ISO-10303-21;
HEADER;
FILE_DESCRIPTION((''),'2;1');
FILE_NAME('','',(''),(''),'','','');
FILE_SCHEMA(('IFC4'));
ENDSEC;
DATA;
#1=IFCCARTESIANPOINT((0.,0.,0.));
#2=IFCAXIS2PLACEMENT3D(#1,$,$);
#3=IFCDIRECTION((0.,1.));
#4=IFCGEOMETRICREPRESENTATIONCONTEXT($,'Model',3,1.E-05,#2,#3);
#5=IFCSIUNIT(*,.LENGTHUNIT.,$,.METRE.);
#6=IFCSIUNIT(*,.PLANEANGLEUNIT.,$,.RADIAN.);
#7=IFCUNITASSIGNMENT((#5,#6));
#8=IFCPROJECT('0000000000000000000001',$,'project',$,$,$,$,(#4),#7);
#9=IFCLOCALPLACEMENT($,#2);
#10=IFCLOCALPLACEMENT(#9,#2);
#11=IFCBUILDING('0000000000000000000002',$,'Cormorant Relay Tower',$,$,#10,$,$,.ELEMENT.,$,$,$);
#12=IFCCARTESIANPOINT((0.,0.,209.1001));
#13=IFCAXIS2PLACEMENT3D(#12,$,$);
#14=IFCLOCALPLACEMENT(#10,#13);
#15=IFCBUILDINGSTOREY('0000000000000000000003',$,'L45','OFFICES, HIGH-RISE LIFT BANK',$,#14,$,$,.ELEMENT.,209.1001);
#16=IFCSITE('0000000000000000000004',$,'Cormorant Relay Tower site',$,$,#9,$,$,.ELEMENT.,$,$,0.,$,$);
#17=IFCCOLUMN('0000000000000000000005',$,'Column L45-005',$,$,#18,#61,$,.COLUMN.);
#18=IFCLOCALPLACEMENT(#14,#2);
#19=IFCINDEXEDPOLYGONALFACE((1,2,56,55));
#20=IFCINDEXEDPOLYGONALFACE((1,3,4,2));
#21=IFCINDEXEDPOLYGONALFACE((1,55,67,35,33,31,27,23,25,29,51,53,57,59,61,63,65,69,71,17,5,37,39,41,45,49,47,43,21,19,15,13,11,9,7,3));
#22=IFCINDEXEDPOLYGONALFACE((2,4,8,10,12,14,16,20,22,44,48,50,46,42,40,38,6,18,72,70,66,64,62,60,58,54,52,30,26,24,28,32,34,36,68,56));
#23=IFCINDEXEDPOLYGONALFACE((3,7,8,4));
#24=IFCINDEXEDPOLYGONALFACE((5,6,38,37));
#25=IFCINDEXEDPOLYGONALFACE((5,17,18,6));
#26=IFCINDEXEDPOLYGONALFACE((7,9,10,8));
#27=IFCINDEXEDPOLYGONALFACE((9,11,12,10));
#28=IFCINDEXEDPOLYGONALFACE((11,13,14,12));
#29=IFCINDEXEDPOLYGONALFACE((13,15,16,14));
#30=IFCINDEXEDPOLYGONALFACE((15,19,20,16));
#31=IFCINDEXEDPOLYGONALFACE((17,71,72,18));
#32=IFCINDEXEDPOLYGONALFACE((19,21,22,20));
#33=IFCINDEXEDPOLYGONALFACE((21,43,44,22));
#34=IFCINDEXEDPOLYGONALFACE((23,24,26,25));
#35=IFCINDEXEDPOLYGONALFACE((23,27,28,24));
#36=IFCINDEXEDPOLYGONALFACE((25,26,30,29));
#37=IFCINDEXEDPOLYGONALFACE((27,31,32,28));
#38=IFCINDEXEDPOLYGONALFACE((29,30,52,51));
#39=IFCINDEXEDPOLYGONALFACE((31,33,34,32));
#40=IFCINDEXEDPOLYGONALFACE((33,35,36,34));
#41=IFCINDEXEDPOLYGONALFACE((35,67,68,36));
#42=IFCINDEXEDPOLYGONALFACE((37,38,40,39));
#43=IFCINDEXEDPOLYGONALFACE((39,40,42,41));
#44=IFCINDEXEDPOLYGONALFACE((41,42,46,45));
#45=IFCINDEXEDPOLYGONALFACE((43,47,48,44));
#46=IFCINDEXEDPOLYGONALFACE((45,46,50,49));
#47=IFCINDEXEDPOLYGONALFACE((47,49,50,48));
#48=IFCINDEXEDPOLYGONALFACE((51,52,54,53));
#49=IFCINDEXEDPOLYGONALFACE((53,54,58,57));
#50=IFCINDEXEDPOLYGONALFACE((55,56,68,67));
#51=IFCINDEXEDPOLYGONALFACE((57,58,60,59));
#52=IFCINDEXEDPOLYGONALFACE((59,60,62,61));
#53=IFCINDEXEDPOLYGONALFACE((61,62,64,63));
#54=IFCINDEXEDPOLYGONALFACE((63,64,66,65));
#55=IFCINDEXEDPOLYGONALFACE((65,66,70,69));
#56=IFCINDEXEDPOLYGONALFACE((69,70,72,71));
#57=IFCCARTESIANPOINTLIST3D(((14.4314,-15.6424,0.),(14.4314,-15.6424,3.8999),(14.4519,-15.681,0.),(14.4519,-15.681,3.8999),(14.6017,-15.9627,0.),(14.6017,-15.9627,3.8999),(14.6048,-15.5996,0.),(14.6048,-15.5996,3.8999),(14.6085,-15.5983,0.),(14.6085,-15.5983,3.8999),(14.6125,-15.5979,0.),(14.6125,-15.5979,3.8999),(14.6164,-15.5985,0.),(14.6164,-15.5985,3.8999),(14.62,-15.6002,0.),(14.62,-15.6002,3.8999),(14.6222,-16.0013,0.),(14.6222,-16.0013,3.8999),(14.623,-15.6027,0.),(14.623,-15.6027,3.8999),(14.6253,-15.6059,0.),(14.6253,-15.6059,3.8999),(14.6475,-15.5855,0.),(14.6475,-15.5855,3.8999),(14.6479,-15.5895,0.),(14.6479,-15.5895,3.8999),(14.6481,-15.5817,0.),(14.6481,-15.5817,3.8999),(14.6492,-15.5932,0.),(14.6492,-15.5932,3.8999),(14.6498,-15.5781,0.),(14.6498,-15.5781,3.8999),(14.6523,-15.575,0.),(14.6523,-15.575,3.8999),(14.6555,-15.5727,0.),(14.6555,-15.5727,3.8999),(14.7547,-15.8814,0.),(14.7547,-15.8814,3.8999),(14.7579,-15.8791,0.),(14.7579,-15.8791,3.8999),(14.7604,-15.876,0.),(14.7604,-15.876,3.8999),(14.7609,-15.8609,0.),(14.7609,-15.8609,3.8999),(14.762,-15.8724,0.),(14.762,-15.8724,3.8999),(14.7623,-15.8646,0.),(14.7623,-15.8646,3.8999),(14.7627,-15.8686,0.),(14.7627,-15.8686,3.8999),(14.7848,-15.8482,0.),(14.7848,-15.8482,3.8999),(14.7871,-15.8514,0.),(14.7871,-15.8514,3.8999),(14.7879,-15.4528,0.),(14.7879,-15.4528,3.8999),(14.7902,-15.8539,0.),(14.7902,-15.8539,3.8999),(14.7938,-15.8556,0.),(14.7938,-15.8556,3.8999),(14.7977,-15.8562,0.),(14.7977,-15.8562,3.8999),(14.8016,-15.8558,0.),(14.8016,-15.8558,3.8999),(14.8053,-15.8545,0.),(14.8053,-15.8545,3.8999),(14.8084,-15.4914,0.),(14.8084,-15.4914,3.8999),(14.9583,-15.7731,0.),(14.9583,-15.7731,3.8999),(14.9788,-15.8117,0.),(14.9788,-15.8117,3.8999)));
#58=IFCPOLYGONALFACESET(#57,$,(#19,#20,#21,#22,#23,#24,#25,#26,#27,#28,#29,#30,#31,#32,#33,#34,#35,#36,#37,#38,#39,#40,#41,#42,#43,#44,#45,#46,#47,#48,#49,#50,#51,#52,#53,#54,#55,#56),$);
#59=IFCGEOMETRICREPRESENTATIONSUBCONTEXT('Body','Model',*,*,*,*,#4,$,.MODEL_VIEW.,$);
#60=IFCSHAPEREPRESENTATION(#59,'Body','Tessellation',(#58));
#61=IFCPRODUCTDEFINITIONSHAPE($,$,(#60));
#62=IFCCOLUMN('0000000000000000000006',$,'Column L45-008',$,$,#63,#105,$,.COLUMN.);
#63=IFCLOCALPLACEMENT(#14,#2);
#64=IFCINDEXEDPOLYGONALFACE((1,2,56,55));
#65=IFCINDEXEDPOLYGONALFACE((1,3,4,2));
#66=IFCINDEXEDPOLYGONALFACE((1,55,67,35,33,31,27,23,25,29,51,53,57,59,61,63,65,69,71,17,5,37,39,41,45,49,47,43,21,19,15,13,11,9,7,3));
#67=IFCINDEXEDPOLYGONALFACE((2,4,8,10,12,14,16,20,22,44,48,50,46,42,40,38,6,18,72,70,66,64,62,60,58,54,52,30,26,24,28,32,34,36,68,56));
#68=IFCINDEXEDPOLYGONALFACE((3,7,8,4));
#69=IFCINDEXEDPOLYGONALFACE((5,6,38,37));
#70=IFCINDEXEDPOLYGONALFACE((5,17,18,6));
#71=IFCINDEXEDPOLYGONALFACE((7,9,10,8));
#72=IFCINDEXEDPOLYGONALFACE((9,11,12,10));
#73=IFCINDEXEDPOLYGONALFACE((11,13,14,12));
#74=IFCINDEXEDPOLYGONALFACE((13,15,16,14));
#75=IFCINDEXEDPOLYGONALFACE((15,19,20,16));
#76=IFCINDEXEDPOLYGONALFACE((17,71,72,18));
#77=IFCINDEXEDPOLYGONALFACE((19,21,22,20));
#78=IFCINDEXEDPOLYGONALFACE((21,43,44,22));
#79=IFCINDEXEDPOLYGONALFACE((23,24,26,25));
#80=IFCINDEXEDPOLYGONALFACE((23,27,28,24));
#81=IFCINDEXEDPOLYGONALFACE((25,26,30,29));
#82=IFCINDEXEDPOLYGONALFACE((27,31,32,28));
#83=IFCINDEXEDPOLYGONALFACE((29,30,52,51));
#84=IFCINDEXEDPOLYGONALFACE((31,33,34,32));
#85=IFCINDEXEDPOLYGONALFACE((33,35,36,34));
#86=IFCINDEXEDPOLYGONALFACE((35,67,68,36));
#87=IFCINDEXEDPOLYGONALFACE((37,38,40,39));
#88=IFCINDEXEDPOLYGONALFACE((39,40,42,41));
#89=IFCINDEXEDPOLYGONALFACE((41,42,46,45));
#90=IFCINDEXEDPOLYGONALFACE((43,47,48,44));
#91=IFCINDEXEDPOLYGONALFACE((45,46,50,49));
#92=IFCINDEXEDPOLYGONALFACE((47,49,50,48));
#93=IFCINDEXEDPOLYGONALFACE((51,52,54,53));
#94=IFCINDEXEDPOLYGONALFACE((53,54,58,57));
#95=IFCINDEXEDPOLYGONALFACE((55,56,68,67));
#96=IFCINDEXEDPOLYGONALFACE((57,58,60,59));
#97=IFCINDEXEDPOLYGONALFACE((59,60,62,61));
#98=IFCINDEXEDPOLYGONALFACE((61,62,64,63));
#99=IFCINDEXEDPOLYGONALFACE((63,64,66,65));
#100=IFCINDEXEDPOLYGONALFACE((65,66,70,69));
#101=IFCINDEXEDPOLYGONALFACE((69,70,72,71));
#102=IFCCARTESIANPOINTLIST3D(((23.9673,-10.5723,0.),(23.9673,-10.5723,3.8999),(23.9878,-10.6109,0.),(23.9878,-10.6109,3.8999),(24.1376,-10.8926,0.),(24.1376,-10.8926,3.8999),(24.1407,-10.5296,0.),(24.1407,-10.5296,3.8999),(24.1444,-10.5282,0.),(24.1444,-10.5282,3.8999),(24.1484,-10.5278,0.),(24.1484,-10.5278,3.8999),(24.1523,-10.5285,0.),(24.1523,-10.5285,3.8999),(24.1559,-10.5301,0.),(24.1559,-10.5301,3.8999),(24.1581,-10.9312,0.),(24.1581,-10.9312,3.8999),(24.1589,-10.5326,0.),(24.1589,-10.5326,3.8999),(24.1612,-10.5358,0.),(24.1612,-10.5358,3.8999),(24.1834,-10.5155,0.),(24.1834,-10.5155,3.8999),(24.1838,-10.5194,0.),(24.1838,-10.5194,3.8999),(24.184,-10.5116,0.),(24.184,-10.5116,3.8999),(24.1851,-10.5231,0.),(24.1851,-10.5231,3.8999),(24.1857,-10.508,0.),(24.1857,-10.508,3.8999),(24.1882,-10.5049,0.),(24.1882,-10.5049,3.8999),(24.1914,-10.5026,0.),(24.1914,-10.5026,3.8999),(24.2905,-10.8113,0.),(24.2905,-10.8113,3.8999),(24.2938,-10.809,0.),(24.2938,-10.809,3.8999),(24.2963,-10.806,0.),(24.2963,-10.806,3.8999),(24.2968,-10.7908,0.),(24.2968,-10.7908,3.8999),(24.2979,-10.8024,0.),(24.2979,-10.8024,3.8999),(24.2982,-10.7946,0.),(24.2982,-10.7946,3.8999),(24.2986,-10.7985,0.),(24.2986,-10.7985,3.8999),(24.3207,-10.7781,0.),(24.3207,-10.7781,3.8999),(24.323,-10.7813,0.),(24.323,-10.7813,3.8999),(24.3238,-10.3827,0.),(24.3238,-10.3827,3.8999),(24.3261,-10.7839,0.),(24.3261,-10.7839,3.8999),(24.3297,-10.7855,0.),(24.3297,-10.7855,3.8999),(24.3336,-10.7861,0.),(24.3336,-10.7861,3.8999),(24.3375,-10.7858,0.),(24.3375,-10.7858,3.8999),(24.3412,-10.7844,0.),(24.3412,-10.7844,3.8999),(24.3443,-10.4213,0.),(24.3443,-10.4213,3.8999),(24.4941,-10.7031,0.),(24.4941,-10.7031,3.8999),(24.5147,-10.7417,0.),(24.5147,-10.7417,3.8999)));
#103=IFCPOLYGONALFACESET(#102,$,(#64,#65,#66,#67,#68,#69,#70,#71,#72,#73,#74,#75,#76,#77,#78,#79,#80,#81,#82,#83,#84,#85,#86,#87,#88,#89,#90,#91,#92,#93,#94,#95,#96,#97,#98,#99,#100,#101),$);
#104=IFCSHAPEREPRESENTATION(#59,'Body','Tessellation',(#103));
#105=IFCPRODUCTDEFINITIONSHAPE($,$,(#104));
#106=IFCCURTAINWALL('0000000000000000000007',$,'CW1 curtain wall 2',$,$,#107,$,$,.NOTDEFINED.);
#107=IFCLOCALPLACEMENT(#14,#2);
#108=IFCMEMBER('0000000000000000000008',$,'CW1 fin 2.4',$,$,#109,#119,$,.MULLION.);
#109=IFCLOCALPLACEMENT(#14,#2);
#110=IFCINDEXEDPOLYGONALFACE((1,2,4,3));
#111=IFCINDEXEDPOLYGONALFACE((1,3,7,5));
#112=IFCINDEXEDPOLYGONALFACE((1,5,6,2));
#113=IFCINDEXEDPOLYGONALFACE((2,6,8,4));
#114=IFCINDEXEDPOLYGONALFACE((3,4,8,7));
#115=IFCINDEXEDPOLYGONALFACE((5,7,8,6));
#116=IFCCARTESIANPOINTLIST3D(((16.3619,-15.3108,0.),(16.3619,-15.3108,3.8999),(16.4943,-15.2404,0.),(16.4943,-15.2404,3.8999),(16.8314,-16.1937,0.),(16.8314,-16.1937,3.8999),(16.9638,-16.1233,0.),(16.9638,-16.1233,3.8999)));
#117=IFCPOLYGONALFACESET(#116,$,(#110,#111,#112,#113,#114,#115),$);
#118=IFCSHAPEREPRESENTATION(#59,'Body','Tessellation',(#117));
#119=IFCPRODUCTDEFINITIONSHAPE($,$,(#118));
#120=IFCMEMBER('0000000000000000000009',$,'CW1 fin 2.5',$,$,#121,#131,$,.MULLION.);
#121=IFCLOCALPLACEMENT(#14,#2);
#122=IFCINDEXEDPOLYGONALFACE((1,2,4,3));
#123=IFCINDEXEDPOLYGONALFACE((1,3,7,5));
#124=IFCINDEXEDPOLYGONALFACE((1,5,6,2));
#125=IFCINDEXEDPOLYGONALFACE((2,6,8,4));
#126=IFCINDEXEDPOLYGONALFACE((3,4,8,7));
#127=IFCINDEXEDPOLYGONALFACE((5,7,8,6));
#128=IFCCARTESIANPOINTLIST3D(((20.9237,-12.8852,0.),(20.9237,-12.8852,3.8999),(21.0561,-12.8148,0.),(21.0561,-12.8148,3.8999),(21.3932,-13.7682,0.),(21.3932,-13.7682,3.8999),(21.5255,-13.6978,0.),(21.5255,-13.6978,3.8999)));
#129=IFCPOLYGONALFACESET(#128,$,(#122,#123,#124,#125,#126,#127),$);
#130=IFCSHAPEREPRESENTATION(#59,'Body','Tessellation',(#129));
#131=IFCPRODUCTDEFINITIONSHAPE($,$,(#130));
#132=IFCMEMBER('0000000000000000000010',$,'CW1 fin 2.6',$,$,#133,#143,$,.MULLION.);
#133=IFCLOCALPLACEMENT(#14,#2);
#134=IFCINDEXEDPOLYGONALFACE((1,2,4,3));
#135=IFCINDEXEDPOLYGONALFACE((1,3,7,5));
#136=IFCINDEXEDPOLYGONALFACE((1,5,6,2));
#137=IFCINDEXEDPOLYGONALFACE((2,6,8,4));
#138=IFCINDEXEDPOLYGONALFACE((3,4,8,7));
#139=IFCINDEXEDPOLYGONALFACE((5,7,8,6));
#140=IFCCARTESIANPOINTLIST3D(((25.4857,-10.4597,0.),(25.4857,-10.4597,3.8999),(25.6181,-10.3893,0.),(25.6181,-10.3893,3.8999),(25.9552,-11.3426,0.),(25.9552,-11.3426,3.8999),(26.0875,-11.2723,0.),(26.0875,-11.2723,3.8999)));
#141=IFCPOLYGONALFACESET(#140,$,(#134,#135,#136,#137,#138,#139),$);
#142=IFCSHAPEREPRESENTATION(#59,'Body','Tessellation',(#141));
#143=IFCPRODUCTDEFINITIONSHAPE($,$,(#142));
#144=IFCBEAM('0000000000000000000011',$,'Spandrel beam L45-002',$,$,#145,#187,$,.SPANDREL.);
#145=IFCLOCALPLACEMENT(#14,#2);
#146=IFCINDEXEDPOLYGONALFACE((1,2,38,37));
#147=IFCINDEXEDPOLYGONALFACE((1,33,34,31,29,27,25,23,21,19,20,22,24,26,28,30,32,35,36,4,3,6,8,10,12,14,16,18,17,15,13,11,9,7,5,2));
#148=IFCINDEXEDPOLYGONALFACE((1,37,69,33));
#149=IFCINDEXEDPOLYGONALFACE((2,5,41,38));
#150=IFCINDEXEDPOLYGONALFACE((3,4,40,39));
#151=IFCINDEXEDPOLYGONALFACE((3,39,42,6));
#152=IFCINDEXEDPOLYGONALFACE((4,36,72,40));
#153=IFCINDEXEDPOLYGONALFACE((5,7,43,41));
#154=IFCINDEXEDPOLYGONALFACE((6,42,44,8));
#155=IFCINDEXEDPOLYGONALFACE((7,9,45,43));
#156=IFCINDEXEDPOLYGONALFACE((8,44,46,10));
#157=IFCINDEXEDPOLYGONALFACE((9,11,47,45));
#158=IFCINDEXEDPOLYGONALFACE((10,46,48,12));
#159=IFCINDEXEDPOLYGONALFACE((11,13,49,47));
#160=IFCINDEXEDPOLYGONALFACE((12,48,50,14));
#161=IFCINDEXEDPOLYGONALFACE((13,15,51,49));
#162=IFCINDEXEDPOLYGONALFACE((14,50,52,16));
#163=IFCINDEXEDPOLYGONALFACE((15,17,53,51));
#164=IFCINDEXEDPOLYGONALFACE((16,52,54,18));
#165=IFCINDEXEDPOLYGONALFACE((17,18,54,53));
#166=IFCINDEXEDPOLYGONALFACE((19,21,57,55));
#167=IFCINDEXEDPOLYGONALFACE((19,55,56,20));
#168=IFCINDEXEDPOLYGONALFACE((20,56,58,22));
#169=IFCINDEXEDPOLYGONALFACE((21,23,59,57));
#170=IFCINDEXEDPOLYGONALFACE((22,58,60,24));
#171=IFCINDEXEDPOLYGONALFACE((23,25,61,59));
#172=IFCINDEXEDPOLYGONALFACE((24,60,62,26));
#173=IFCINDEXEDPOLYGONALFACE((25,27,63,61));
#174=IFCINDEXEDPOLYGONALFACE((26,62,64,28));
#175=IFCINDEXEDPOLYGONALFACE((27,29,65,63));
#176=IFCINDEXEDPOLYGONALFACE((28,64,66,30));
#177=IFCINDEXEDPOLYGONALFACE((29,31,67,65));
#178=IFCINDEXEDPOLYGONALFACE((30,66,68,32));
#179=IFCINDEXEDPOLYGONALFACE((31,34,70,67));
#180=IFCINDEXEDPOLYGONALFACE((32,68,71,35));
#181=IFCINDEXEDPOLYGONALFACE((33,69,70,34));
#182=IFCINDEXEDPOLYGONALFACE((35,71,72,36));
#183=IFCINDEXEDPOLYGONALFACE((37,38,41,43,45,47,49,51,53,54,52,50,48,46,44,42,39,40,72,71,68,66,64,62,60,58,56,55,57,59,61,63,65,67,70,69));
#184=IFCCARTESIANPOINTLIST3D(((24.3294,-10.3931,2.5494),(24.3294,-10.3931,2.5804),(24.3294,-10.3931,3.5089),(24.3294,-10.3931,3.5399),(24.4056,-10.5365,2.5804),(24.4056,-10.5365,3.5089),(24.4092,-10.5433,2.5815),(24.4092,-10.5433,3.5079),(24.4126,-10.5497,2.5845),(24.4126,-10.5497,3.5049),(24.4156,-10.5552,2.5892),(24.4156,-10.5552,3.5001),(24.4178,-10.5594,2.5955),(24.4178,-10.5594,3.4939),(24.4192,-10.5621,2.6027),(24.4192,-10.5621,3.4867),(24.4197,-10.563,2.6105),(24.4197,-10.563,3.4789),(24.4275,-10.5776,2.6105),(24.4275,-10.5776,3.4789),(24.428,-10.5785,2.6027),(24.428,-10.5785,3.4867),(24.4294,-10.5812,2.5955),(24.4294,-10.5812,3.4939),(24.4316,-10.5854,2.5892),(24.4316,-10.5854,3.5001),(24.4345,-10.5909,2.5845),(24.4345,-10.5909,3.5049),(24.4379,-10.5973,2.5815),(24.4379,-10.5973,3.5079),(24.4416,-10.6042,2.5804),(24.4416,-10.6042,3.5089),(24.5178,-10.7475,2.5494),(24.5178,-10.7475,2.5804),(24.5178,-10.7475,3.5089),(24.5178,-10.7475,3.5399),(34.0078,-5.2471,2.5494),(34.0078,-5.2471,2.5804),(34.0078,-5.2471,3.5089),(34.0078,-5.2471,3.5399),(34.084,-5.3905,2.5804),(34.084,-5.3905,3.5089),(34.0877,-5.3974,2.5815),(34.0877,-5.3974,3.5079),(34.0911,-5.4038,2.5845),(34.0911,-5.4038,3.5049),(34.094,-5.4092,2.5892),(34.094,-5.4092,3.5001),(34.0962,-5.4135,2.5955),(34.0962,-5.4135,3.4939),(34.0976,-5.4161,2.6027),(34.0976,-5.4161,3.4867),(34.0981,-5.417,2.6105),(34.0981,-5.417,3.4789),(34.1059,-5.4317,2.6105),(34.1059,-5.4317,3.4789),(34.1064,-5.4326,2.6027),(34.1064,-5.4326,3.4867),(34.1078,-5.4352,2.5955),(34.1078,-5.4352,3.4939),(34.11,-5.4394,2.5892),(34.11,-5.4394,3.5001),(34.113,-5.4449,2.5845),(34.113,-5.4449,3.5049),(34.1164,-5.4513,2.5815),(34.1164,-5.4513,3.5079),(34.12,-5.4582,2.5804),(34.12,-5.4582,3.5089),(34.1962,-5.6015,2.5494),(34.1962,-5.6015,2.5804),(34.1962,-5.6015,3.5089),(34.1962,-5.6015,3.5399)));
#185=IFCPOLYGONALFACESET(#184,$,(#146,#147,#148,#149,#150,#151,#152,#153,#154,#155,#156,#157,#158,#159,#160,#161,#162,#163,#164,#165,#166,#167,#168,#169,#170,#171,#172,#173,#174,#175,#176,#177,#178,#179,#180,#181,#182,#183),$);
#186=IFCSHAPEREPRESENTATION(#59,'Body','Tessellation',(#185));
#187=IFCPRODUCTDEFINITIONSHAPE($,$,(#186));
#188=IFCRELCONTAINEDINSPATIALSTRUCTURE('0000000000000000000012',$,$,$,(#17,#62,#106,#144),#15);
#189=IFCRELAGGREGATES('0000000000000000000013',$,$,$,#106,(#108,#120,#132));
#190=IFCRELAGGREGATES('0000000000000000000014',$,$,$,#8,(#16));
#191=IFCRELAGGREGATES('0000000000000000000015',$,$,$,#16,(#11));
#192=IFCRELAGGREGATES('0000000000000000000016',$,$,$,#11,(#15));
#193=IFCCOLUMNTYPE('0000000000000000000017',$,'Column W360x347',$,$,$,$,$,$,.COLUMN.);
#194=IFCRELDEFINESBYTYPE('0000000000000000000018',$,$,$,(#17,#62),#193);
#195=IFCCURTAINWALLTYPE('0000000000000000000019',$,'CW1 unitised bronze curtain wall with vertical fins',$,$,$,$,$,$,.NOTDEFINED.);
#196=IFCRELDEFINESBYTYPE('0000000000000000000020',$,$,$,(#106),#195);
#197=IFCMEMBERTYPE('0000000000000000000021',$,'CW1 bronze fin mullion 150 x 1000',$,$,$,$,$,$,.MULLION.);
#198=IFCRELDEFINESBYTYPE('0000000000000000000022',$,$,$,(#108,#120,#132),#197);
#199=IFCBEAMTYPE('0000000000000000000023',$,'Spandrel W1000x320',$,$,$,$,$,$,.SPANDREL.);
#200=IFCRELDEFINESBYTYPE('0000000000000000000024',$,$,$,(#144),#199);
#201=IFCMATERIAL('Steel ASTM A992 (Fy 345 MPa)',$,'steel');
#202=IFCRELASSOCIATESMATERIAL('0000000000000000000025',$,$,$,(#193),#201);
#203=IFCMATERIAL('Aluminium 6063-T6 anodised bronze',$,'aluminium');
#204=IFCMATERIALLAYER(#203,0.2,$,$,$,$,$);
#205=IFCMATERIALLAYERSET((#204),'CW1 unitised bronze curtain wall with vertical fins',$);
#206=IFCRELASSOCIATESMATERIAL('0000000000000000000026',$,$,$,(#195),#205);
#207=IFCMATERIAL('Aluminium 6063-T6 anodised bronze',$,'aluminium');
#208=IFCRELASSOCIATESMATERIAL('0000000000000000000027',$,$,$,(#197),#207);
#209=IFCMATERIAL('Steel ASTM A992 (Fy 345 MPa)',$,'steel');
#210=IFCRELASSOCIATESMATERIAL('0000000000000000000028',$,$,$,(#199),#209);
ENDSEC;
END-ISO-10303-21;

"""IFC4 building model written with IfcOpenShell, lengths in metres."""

from ifc_helpers import new_model, si_unit, direction, frame, origin, origin_2d, place, context, subcontext, project, spatial, rectangle, i_section, extrude, material, layer, layer_set, material_profile, profile_set, type_object, element, aggregate, save


model = new_model("IFC4")

# Units and contexts
model_context = context("Model", 3, precision=1e-05, world=origin(), true_north=direction((0.0, 1.0)))
body_context = subcontext(model_context, "Body", "Model", "MODEL_VIEW")
ifc_project = project(units=[si_unit("LENGTHUNIT", "METRE"), si_unit("PLANEANGLEUNIT", "RADIAN")], contexts=[model_context])

# Site, building, storey
site_placement = place(None, origin())
site = spatial("IfcSite", under=ifc_project, at=site_placement, Name="Cormorant Relay Tower site", CompositionType="ELEMENT", RefElevation=0.0)
building_placement = place(site_placement, origin())
building = spatial("IfcBuilding", under=site, at=building_placement, Name="Cormorant Relay Tower", CompositionType="ELEMENT")
storey_placement = place(building_placement, frame((0.0, 0.0, 209.1001)))
storey = spatial("IfcBuildingStorey", under=building, at=storey_placement, Name="L45", Description="OFFICES, HIGH-RISE LIFT BANK", CompositionType="ELEMENT", Elevation=209.1001)

# Columns
ifc_material_1 = material(Name="Steel ASTM A992 (Fy 345 MPa)", Category="steel")
ifc_material_profile_1 = material_profile(ifc_material_1, i_section(OverallWidth=0.4038, OverallDepth=0.4065, WebThickness=0.0271, FlangeThickness=0.0437, FilletRadius=0.0151, at=origin_2d()), Name="W360x347")
ifc_profile_set_1 = profile_set([ifc_material_profile_1], Name="Steel ASTM A992 (Fy 345 MPa)")
column_type = type_object("IfcColumnType", Name="Column W360x347", PredefinedType="COLUMN", material=ifc_profile_set_1)
for number, where, z_axis, x_axis, name in (
    (1, (14.7051, -15.7271, 0.0), (0.0, 0.0, 1.0), (0.882948, 0.469472, 0.0), "Column L45-005"),
    (2, (24.241, -10.657, 0.0), (0.0, 0.0, 1.0), (0.882948, 0.469472, 0.0), "Column L45-008"),
):
    element("IfcColumn", number, at=place(storey_placement, frame(where, z_axis=z_axis, x_axis=x_axis)), inside=storey, type_object=column_type, Name=name, PredefinedType="COLUMN", context=body_context, shape_type="SweptSolid", body=[
        extrude(i_section(OverallWidth=0.4038, OverallDepth=0.4065, WebThickness=0.0271, FlangeThickness=0.0437, FilletRadius=0.0151, at=origin_2d()), origin(), (0.0, 0.0, 1.0), 3.8999),
    ])

# Curtain wall, members
ifc_material_2 = material(Name="Aluminium 6063-T6 anodised bronze", Category="aluminium")
ifc_layer_1 = layer(ifc_material_2, 0.2)
ifc_layer_set_1 = layer_set([ifc_layer_1], Name="CW1 unitised bronze curtain wall with vertical fins")
curtain_wall_type = type_object("IfcCurtainWallType", Name="CW1 unitised bronze curtain wall with vertical fins", PredefinedType="NOTDEFINED", material=ifc_layer_set_1)
curtain_wall_placement = place(storey_placement, origin())
curtain_wall = element("IfcCurtainWall", 3, at=curtain_wall_placement, inside=storey, type_object=curtain_wall_type, Name="CW1 curtain wall 2", PredefinedType="NOTDEFINED")
ifc_material_3 = material(Name="Aluminium 6063-T6 anodised bronze", Category="aluminium")
ifc_material_profile_2 = material_profile(ifc_material_3, rectangle(XDim=0.1499, YDim=1.0, at=origin_2d()), Name="AL 150x1000")
ifc_profile_set_2 = profile_set([ifc_material_profile_2], Name="Aluminium 6063-T6 anodised bronze")
member_type = type_object("IfcMemberType", Name="CW1 bronze fin mullion 150 x 1000", PredefinedType="MULLION", material=ifc_profile_set_2)
member_1_placement = place(storey_placement, frame((16.6628, -15.717, 0.0), z_axis=(0.0, 0.0, 1.0), x_axis=(0.882948, 0.469472, 0.0)))
member_1 = element("IfcMember", 4, at=member_1_placement, type_object=member_type, Name="CW1 fin 2.4", PredefinedType="MULLION", context=body_context, shape_type="SweptSolid", body=[
    extrude(rectangle(XDim=0.1499, YDim=1.0, at=origin_2d()), origin(), (0.0, 0.0, 1.0), 3.8999),
])
member_2_placement = place(storey_placement, frame((21.2246, -13.2915, 0.0), z_axis=(0.0, 0.0, 1.0), x_axis=(0.882948, 0.469472, 0.0)))
member_2 = element("IfcMember", 5, at=member_2_placement, type_object=member_type, Name="CW1 fin 2.5", PredefinedType="MULLION", context=body_context, shape_type="SweptSolid", body=[
    extrude(rectangle(XDim=0.1499, YDim=1.0, at=origin_2d()), origin(), (0.0, 0.0, 1.0), 3.8999),
])
member_3_placement = place(storey_placement, frame((25.7866, -10.866, 0.0), z_axis=(0.0, 0.0, 1.0), x_axis=(0.882948, 0.469472, 0.0)))
member_3 = element("IfcMember", 6, at=member_3_placement, type_object=member_type, Name="CW1 fin 2.6", PredefinedType="MULLION", context=body_context, shape_type="SweptSolid", body=[
    extrude(rectangle(XDim=0.1499, YDim=1.0, at=origin_2d()), origin(), (0.0, 0.0, 1.0), 3.8999),
])

# Beam
ifc_material_4 = material(Name="Steel ASTM A992 (Fy 345 MPa)", Category="steel")
ifc_material_profile_3 = material_profile(ifc_material_4, i_section(OverallWidth=0.4014, OverallDepth=0.9905, WebThickness=0.0166, FlangeThickness=0.031, FilletRadius=0.03, at=origin_2d()), Name="W1000x320")
ifc_profile_set_3 = profile_set([ifc_material_profile_3], Name="Steel ASTM A992 (Fy 345 MPa)")
beam_type_1 = type_object("IfcBeamType", Name="Spandrel W1000x320", PredefinedType="SPANDREL", material=ifc_profile_set_3)
beam_1_placement = place(storey_placement, frame((24.4236, -10.5703, 3.0447), z_axis=(0.882953, 0.469462, 0.0), x_axis=(-0.469462, 0.882953, 0.0)))
element("IfcBeam", 7, at=beam_1_placement, inside=storey, type_object=beam_type_1, Name="Spandrel beam L45-002", PredefinedType="SPANDREL", context=body_context, shape_type="SweptSolid", body=[
    extrude(i_section(OverallWidth=0.4014, OverallDepth=0.9905, WebThickness=0.0166, FlangeThickness=0.031, FilletRadius=0.03, at=origin_2d()), origin(), (0.0, 0.0, 1.0), 10.9614),
])

aggregate(curtain_wall, [member_1, member_2, member_3])

save(model, "model.ifc")
